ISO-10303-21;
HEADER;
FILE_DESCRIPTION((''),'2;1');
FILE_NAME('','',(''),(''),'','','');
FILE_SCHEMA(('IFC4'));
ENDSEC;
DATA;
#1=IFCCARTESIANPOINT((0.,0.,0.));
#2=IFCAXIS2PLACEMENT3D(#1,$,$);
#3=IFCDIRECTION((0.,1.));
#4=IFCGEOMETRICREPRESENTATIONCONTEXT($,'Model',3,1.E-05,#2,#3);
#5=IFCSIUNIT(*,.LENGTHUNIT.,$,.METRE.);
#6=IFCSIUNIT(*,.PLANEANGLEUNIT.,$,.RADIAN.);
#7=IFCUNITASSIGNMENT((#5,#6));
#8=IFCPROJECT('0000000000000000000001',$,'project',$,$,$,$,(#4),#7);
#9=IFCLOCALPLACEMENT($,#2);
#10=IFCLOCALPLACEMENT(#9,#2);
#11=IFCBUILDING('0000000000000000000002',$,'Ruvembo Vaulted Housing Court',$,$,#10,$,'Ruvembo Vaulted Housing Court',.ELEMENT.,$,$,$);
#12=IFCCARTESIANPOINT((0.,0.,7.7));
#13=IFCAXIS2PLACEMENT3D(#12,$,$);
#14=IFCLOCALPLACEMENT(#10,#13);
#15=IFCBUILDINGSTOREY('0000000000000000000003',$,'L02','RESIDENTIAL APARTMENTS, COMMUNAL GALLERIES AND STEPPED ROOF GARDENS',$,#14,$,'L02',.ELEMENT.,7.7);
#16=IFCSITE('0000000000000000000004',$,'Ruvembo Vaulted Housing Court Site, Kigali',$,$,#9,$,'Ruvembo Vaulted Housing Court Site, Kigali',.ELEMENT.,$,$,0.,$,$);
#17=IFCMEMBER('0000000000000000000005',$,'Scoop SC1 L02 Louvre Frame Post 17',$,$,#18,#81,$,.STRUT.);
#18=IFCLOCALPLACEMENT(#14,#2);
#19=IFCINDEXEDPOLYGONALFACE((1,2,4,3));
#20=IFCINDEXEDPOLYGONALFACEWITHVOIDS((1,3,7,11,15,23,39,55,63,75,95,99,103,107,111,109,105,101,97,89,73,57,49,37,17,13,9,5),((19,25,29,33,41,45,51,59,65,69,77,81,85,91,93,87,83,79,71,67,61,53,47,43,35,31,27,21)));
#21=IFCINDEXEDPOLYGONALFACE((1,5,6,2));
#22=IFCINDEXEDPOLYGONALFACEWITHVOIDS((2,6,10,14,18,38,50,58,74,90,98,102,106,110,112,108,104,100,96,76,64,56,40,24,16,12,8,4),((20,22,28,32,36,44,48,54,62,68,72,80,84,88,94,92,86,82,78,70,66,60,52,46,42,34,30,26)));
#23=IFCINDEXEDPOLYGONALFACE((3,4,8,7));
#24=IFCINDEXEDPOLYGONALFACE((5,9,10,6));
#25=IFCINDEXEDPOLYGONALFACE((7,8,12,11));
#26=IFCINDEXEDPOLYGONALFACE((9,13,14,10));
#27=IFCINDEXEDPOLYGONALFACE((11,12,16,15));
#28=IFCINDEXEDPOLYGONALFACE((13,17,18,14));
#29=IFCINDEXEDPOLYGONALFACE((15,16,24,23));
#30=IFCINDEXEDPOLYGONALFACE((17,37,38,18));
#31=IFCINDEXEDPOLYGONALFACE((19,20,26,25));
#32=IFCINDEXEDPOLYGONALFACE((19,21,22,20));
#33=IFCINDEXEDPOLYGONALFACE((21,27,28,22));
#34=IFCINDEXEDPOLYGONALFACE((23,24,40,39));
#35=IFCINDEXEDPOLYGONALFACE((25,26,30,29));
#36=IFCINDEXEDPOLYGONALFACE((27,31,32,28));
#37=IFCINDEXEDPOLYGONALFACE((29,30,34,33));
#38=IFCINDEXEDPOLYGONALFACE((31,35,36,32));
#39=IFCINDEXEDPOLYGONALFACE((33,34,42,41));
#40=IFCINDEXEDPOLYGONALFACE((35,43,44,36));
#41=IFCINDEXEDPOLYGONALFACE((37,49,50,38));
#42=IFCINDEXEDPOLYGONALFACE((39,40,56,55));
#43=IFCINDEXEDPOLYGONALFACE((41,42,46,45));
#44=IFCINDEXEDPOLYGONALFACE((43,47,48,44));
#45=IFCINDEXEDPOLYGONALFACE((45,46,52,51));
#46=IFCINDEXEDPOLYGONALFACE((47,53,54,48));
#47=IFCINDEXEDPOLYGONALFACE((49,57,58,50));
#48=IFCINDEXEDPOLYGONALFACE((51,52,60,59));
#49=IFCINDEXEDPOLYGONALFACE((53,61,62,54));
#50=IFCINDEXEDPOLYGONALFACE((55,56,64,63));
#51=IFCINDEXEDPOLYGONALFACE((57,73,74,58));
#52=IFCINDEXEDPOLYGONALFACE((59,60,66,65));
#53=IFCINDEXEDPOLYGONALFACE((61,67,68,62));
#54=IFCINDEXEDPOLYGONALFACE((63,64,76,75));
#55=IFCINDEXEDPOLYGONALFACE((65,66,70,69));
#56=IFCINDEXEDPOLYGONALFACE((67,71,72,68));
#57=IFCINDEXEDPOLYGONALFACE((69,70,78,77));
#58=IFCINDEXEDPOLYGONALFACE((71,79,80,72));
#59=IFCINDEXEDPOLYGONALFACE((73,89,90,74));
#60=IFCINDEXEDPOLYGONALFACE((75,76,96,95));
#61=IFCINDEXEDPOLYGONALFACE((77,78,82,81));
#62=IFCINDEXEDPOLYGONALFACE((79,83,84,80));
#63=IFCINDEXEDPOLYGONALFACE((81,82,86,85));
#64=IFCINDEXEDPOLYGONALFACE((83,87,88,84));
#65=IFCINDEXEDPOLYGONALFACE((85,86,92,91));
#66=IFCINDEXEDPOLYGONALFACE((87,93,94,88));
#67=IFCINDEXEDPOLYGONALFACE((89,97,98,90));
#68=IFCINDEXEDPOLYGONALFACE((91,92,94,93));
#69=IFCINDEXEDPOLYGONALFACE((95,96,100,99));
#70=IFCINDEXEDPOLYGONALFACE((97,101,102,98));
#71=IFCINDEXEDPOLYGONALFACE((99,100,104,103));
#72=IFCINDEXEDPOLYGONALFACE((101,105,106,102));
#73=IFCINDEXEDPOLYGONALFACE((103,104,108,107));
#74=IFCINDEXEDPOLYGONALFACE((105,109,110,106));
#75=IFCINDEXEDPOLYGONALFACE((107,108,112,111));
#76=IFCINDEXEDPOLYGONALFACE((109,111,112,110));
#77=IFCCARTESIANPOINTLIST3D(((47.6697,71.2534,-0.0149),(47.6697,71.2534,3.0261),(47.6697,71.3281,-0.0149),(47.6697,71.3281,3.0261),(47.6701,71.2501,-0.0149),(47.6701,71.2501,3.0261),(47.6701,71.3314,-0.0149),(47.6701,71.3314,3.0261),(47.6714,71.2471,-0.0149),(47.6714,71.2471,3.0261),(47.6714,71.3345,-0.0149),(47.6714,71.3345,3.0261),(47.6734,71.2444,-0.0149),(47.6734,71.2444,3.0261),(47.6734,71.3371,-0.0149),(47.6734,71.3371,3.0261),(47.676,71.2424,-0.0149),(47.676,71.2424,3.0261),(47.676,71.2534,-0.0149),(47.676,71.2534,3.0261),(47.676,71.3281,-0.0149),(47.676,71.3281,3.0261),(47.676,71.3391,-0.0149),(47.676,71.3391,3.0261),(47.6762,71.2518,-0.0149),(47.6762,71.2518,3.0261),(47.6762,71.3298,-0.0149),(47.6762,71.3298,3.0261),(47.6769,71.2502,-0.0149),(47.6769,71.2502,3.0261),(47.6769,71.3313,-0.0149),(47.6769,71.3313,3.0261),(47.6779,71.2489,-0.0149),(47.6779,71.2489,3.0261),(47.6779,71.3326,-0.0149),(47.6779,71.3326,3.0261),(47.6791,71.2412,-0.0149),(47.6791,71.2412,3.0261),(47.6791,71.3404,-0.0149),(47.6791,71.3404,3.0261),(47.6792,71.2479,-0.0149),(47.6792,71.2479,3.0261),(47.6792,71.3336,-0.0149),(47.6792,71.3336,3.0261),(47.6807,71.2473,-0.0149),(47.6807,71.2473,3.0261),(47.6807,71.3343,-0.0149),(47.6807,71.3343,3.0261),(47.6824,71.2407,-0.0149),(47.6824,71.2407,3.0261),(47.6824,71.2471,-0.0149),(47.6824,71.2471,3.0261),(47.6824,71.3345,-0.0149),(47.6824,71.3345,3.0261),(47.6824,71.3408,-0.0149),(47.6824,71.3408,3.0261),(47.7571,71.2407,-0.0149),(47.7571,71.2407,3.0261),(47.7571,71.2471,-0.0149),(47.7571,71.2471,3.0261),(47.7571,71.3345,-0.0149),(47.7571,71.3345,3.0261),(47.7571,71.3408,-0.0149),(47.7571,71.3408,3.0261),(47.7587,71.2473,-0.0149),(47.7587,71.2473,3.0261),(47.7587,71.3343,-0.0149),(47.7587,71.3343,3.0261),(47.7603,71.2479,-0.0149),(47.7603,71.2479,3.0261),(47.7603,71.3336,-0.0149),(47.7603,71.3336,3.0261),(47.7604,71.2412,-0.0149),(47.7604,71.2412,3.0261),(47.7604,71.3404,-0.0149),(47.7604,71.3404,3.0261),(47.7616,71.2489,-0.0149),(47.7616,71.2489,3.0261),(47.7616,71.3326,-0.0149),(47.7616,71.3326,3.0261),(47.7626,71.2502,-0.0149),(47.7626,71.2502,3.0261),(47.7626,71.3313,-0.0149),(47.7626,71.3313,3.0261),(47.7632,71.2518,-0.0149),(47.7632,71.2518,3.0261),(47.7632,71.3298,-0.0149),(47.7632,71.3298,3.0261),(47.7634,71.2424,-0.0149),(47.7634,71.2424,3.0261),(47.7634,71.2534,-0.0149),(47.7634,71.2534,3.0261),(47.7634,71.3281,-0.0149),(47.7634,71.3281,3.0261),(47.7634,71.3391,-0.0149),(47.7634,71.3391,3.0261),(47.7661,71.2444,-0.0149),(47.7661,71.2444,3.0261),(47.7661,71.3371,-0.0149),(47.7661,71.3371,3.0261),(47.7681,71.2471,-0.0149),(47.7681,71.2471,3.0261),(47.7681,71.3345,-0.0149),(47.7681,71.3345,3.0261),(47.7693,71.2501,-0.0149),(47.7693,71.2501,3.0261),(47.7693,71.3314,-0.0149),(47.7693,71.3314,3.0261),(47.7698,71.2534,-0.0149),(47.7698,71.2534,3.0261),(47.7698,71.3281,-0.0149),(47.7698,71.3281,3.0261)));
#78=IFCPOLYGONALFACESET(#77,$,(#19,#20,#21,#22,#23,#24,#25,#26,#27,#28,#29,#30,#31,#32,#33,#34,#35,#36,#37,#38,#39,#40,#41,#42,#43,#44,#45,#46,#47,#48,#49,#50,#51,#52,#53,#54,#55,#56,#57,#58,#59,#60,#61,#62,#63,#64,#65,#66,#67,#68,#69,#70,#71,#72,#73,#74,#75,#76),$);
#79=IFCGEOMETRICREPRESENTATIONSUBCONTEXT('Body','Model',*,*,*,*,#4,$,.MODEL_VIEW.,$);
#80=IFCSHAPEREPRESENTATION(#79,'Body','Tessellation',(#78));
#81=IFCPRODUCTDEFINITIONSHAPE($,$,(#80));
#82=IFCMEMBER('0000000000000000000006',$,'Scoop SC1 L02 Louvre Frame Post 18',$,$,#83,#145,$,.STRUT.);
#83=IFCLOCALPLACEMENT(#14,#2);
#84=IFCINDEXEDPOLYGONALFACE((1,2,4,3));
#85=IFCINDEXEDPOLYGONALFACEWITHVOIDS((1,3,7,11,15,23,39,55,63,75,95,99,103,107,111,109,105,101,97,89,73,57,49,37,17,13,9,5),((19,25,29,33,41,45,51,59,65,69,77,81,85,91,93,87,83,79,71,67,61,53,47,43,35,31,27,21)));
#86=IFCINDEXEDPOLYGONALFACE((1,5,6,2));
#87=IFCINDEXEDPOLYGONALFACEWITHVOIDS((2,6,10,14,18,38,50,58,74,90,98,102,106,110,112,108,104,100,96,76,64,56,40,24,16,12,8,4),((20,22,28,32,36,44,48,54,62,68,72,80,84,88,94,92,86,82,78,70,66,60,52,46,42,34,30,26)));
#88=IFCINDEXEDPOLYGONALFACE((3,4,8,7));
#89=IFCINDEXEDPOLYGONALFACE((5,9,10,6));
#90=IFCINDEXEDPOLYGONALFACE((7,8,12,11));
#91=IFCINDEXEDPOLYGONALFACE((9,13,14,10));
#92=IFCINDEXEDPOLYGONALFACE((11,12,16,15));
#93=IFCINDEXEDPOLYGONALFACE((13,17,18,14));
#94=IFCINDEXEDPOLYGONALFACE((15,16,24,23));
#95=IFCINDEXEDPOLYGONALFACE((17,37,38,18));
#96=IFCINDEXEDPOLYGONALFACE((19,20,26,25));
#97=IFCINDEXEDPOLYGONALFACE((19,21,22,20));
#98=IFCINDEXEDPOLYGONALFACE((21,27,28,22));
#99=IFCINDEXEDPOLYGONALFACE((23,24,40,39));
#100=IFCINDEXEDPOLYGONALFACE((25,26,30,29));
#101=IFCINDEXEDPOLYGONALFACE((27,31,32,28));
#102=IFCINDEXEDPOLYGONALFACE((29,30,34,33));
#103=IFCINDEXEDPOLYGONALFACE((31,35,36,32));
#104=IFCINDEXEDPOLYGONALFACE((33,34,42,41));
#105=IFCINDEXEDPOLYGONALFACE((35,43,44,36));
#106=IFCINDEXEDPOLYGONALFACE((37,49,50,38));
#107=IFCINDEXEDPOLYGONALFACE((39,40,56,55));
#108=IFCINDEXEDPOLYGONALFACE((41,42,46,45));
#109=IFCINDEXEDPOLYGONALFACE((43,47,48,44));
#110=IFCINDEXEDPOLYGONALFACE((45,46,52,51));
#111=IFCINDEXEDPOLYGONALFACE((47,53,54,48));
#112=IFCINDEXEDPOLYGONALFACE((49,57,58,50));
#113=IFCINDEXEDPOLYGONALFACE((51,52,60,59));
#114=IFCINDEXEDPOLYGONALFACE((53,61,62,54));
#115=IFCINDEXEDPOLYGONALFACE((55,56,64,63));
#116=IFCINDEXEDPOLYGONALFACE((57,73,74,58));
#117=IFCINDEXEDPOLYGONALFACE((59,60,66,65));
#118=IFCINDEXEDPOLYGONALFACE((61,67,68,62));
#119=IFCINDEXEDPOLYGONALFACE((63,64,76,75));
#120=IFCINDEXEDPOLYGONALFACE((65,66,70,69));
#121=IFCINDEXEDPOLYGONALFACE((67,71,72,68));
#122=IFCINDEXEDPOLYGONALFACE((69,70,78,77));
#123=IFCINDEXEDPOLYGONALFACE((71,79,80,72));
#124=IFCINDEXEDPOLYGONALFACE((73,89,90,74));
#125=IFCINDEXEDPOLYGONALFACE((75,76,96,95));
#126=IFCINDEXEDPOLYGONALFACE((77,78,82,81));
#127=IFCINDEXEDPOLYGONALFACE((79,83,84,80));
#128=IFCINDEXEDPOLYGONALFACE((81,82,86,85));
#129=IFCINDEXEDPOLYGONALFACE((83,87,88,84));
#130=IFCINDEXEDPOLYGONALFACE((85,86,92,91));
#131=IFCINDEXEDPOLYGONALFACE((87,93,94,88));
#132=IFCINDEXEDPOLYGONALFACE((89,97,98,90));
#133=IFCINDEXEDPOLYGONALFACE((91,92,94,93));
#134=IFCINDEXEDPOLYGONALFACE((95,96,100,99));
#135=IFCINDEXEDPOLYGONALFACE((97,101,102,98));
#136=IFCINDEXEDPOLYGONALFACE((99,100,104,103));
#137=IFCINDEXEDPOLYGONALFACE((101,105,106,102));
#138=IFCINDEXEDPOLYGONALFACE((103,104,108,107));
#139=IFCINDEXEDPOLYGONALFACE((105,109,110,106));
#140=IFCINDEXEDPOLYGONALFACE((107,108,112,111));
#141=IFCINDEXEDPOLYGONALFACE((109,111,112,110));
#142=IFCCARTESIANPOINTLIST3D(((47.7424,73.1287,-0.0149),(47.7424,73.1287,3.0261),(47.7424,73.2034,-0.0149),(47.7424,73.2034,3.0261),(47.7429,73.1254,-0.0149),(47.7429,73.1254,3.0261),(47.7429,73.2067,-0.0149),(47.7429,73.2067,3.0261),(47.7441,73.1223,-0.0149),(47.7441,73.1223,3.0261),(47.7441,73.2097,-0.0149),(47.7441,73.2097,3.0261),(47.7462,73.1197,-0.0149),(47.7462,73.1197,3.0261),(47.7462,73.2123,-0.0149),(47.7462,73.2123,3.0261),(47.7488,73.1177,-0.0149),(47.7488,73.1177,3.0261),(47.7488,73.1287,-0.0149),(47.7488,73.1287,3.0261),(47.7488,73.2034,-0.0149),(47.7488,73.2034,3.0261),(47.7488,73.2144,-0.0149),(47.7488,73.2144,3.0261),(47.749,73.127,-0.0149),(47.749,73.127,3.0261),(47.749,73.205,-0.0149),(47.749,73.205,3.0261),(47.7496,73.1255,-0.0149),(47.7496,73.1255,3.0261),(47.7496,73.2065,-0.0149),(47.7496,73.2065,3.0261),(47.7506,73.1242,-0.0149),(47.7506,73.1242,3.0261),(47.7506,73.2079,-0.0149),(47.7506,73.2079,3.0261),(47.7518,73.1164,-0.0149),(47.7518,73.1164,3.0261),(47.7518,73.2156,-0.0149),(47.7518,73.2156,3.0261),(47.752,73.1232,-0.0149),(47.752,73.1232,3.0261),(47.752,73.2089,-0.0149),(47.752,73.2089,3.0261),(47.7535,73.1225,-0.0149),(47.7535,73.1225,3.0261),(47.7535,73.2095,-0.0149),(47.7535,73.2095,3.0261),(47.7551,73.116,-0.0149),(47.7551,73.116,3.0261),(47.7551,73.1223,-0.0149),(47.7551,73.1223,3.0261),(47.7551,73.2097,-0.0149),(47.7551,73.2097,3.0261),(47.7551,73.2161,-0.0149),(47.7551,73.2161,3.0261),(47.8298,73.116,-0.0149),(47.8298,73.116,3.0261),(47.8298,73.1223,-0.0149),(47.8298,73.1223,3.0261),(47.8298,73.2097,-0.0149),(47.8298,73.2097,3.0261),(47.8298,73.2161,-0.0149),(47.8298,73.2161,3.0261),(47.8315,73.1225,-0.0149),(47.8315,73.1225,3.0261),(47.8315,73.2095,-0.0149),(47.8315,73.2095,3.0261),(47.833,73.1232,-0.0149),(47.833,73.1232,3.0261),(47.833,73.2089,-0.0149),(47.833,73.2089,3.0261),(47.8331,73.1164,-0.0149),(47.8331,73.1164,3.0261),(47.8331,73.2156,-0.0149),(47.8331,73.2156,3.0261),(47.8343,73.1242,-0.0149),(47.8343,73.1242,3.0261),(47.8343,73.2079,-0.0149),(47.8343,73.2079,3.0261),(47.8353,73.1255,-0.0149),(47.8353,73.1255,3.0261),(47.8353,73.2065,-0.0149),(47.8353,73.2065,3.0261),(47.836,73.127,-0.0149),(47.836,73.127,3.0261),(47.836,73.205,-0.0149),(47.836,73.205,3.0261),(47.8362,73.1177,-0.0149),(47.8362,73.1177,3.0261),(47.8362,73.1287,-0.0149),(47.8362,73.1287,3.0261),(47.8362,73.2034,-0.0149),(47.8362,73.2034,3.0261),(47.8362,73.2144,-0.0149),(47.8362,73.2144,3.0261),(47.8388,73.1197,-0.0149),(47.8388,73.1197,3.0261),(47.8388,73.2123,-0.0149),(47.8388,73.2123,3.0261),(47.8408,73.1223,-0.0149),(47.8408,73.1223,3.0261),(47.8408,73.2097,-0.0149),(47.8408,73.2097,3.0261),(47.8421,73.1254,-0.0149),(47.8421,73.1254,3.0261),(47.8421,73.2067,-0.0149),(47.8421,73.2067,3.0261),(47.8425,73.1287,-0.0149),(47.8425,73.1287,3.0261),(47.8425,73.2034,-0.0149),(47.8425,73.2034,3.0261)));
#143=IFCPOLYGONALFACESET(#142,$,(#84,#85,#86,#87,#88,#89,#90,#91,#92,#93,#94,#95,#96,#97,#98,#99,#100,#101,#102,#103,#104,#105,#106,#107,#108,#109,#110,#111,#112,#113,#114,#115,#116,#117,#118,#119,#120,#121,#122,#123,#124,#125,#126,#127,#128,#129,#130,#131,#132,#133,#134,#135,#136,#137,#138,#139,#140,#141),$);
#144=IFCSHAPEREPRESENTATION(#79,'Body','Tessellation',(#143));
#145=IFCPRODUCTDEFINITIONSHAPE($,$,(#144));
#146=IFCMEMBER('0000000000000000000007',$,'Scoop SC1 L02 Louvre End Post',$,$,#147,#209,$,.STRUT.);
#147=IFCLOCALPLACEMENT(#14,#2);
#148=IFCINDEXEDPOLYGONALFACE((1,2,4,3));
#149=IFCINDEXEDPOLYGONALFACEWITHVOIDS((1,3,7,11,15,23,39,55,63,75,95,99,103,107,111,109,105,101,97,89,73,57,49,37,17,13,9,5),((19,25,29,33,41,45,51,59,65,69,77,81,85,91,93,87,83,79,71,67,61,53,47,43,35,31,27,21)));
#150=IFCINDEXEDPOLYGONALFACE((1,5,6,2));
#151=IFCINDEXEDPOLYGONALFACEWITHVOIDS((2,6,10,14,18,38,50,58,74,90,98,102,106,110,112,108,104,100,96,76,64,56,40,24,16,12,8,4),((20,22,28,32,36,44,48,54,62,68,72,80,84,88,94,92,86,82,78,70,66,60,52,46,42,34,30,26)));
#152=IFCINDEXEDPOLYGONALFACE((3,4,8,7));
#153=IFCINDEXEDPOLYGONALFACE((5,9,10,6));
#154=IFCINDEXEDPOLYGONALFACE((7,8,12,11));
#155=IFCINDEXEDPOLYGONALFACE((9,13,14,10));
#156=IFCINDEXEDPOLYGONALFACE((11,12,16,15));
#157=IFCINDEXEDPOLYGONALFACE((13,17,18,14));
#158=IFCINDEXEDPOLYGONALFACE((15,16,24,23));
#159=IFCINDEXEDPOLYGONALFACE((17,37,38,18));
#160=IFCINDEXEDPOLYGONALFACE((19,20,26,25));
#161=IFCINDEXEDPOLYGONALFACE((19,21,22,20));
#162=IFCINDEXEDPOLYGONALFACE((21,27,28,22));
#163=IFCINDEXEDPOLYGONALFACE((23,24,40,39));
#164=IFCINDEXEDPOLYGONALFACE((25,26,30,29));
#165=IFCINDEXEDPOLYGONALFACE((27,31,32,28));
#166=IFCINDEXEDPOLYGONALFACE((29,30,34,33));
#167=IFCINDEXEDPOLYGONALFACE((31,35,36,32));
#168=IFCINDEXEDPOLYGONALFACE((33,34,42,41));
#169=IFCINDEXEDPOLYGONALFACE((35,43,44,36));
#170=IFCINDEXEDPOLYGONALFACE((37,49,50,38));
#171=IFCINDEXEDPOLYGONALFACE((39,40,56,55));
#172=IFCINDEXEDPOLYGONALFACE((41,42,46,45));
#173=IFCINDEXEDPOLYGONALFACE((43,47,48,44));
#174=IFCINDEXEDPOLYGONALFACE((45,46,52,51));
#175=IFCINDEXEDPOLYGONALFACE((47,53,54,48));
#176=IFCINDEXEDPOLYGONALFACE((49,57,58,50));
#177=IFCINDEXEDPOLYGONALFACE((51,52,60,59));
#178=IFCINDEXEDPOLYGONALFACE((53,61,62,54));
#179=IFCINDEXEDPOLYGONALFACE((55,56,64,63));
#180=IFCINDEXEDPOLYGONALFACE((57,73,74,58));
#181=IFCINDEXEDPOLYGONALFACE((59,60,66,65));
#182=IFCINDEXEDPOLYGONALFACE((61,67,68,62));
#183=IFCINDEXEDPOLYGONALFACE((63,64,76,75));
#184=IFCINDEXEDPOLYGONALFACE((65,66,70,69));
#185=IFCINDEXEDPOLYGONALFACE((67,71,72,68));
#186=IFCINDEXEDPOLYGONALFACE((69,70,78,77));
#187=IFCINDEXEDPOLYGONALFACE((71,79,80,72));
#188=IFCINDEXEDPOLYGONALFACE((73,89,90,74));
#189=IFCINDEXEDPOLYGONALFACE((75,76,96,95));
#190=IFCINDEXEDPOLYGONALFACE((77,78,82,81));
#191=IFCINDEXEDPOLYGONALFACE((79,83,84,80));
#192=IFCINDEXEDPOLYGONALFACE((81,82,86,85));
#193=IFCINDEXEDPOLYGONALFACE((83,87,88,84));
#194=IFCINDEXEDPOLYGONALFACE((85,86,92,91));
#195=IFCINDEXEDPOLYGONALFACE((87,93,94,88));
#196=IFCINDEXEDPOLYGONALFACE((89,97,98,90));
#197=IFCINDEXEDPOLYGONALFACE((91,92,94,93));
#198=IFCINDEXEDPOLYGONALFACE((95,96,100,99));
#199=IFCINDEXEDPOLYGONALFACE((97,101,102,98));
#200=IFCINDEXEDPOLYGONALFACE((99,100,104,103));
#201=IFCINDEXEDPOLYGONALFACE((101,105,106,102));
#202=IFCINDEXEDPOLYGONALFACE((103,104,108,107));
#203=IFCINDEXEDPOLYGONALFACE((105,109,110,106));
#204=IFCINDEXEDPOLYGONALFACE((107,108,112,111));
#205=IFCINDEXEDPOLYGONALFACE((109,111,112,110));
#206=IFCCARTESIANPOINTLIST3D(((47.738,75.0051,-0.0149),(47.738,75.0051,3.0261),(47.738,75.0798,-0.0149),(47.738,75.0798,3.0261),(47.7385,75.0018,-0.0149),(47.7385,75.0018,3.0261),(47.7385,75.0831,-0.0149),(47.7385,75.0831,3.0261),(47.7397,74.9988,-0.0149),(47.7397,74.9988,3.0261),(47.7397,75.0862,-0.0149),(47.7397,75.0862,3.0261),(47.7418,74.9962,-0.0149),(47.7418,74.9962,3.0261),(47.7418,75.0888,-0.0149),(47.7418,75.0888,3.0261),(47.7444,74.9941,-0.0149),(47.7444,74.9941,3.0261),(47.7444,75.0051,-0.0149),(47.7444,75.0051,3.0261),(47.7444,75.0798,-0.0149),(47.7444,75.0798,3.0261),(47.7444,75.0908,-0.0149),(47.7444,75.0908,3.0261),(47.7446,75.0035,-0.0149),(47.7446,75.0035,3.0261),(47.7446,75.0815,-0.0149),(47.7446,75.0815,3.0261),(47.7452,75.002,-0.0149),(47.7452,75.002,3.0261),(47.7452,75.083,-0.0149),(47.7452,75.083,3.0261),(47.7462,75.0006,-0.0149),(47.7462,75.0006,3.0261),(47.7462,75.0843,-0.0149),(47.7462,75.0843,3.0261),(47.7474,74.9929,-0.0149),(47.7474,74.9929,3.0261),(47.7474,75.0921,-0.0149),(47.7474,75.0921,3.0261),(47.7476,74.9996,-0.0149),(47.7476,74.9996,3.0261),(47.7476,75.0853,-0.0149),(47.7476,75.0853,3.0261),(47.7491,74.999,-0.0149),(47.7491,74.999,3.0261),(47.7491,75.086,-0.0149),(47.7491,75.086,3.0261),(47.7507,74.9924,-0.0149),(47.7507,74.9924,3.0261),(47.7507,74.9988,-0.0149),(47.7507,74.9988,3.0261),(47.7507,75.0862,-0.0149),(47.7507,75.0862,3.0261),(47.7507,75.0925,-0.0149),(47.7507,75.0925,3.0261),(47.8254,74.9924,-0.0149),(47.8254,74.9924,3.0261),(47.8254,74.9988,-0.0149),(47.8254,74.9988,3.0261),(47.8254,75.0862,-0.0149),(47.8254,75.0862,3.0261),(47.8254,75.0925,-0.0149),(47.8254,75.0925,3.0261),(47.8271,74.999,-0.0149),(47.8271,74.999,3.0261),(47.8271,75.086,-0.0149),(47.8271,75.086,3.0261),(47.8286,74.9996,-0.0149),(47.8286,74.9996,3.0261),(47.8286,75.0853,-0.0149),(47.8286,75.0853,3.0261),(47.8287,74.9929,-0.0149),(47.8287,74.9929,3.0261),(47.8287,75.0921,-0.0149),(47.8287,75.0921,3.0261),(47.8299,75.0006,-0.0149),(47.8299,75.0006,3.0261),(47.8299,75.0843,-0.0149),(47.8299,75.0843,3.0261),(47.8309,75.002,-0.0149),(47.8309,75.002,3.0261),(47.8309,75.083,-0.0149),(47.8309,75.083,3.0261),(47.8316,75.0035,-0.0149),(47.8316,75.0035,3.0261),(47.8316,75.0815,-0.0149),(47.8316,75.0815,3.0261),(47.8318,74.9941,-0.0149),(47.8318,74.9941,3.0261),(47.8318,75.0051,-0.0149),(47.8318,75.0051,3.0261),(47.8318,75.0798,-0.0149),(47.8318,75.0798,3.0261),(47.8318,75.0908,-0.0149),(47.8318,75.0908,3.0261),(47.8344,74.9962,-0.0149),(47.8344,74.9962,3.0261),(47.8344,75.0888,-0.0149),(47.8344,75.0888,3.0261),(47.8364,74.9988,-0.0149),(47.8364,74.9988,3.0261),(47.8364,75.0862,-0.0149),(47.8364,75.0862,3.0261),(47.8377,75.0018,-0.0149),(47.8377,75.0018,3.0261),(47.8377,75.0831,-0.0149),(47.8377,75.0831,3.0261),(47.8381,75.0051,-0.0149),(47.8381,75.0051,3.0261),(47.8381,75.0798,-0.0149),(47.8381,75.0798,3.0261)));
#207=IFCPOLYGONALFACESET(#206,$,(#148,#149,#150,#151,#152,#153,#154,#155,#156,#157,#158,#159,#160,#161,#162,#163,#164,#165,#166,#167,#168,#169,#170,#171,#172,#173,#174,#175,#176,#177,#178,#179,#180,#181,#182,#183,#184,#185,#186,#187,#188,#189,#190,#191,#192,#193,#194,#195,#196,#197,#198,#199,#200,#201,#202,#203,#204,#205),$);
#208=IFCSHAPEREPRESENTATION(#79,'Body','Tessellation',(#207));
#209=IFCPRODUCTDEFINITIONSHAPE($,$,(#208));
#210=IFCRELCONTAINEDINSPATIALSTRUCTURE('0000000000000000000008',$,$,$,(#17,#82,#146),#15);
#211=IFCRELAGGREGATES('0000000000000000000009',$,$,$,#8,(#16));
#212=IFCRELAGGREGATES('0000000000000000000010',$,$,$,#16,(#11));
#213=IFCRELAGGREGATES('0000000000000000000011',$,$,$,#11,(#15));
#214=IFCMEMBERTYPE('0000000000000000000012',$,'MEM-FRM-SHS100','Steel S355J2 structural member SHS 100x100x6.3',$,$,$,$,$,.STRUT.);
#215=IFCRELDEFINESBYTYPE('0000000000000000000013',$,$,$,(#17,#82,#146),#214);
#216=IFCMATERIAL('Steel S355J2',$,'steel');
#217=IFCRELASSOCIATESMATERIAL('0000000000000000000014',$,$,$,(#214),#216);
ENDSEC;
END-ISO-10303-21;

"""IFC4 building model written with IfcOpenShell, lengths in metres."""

from ifc_helpers import new_model, si_unit, direction, frame, origin, origin_2d, place, context, subcontext, project, spatial, hollow_rectangle, extrude, material, material_profile, profile_set, type_object, element, save


model = new_model("IFC4")

# Units and contexts
model_context = context("Model", 3, precision=1e-05, world=origin(), true_north=direction((0.0, 1.0)))
body_context = subcontext(model_context, "Body", "Model", "MODEL_VIEW")
ifc_project = project(units=[si_unit("LENGTHUNIT", "METRE"), si_unit("PLANEANGLEUNIT", "RADIAN")], contexts=[model_context])

# Site, building, storey
site_placement = place(None, origin())
site = spatial("IfcSite", under=ifc_project, at=site_placement, Name="Ruvembo Vaulted Housing Court Site, Kigali", LongName="Ruvembo Vaulted Housing Court Site, Kigali", CompositionType="ELEMENT", RefElevation=0.0)
building_placement = place(site_placement, origin())
building = spatial("IfcBuilding", under=site, at=building_placement, Name="Ruvembo Vaulted Housing Court", LongName="Ruvembo Vaulted Housing Court", CompositionType="ELEMENT")
storey_placement = place(building_placement, frame((0.0, 0.0, 7.7)))
storey = spatial("IfcBuildingStorey", under=building, at=storey_placement, Name="L02", Description="RESIDENTIAL APARTMENTS, COMMUNAL GALLERIES AND STEPPED ROOF GARDENS", LongName="L02", CompositionType="ELEMENT", Elevation=7.7)

# Shared definitions
ifc_material_1 = material(Name="Steel S355J2", Category="steel")

# Members
ifc_material_profile_1 = material_profile(ifc_material_1, hollow_rectangle(XDim=0.1001, YDim=0.1001, WallThickness=0.0063, InnerFilletRadius=0.0063, OuterFilletRadius=0.0127, at=origin_2d()), Name="SHS 100x100x6.3")
ifc_profile_set_1 = profile_set([ifc_material_profile_1], Name="Steel S355J2")
member_type_1 = type_object("IfcMemberType", Name="MEM-FRM-SHS100", Description="Steel S355J2 structural member SHS 100x100x6.3", PredefinedType="STRUT", material=ifc_profile_set_1)
for number, where, z_axis, x_axis, name in (
    (1, (47.7197, 71.2908, -0.0149), (0.0, 0.0, 1.0), (1.0, 0.0, 0.0), "Scoop SC1 L02 Louvre Frame Post 17"),
    (2, (47.7925, 73.166, -0.0149), (0.0, 0.0, 1.0), (1.0, 0.0, 0.0), "Scoop SC1 L02 Louvre Frame Post 18"),
    (3, (47.7881, 75.0425, -0.0149), (0.0, 0.0, 1.0), (1.0, 0.0, 0.0), "Scoop SC1 L02 Louvre End Post"),
):
    element("IfcMember", number, at=place(storey_placement, frame(where, z_axis=z_axis, x_axis=x_axis)), inside=storey, type_object=member_type_1, Name=name, PredefinedType="STRUT", context=body_context, shape_type="SweptSolid", body=[
        extrude(hollow_rectangle(XDim=0.1001, YDim=0.1001, WallThickness=0.0063, InnerFilletRadius=0.0063, OuterFilletRadius=0.0127, at=origin_2d()), origin(), (0.0, 0.0, 1.0), 3.041),
    ])

save(model, "model.ifc")
